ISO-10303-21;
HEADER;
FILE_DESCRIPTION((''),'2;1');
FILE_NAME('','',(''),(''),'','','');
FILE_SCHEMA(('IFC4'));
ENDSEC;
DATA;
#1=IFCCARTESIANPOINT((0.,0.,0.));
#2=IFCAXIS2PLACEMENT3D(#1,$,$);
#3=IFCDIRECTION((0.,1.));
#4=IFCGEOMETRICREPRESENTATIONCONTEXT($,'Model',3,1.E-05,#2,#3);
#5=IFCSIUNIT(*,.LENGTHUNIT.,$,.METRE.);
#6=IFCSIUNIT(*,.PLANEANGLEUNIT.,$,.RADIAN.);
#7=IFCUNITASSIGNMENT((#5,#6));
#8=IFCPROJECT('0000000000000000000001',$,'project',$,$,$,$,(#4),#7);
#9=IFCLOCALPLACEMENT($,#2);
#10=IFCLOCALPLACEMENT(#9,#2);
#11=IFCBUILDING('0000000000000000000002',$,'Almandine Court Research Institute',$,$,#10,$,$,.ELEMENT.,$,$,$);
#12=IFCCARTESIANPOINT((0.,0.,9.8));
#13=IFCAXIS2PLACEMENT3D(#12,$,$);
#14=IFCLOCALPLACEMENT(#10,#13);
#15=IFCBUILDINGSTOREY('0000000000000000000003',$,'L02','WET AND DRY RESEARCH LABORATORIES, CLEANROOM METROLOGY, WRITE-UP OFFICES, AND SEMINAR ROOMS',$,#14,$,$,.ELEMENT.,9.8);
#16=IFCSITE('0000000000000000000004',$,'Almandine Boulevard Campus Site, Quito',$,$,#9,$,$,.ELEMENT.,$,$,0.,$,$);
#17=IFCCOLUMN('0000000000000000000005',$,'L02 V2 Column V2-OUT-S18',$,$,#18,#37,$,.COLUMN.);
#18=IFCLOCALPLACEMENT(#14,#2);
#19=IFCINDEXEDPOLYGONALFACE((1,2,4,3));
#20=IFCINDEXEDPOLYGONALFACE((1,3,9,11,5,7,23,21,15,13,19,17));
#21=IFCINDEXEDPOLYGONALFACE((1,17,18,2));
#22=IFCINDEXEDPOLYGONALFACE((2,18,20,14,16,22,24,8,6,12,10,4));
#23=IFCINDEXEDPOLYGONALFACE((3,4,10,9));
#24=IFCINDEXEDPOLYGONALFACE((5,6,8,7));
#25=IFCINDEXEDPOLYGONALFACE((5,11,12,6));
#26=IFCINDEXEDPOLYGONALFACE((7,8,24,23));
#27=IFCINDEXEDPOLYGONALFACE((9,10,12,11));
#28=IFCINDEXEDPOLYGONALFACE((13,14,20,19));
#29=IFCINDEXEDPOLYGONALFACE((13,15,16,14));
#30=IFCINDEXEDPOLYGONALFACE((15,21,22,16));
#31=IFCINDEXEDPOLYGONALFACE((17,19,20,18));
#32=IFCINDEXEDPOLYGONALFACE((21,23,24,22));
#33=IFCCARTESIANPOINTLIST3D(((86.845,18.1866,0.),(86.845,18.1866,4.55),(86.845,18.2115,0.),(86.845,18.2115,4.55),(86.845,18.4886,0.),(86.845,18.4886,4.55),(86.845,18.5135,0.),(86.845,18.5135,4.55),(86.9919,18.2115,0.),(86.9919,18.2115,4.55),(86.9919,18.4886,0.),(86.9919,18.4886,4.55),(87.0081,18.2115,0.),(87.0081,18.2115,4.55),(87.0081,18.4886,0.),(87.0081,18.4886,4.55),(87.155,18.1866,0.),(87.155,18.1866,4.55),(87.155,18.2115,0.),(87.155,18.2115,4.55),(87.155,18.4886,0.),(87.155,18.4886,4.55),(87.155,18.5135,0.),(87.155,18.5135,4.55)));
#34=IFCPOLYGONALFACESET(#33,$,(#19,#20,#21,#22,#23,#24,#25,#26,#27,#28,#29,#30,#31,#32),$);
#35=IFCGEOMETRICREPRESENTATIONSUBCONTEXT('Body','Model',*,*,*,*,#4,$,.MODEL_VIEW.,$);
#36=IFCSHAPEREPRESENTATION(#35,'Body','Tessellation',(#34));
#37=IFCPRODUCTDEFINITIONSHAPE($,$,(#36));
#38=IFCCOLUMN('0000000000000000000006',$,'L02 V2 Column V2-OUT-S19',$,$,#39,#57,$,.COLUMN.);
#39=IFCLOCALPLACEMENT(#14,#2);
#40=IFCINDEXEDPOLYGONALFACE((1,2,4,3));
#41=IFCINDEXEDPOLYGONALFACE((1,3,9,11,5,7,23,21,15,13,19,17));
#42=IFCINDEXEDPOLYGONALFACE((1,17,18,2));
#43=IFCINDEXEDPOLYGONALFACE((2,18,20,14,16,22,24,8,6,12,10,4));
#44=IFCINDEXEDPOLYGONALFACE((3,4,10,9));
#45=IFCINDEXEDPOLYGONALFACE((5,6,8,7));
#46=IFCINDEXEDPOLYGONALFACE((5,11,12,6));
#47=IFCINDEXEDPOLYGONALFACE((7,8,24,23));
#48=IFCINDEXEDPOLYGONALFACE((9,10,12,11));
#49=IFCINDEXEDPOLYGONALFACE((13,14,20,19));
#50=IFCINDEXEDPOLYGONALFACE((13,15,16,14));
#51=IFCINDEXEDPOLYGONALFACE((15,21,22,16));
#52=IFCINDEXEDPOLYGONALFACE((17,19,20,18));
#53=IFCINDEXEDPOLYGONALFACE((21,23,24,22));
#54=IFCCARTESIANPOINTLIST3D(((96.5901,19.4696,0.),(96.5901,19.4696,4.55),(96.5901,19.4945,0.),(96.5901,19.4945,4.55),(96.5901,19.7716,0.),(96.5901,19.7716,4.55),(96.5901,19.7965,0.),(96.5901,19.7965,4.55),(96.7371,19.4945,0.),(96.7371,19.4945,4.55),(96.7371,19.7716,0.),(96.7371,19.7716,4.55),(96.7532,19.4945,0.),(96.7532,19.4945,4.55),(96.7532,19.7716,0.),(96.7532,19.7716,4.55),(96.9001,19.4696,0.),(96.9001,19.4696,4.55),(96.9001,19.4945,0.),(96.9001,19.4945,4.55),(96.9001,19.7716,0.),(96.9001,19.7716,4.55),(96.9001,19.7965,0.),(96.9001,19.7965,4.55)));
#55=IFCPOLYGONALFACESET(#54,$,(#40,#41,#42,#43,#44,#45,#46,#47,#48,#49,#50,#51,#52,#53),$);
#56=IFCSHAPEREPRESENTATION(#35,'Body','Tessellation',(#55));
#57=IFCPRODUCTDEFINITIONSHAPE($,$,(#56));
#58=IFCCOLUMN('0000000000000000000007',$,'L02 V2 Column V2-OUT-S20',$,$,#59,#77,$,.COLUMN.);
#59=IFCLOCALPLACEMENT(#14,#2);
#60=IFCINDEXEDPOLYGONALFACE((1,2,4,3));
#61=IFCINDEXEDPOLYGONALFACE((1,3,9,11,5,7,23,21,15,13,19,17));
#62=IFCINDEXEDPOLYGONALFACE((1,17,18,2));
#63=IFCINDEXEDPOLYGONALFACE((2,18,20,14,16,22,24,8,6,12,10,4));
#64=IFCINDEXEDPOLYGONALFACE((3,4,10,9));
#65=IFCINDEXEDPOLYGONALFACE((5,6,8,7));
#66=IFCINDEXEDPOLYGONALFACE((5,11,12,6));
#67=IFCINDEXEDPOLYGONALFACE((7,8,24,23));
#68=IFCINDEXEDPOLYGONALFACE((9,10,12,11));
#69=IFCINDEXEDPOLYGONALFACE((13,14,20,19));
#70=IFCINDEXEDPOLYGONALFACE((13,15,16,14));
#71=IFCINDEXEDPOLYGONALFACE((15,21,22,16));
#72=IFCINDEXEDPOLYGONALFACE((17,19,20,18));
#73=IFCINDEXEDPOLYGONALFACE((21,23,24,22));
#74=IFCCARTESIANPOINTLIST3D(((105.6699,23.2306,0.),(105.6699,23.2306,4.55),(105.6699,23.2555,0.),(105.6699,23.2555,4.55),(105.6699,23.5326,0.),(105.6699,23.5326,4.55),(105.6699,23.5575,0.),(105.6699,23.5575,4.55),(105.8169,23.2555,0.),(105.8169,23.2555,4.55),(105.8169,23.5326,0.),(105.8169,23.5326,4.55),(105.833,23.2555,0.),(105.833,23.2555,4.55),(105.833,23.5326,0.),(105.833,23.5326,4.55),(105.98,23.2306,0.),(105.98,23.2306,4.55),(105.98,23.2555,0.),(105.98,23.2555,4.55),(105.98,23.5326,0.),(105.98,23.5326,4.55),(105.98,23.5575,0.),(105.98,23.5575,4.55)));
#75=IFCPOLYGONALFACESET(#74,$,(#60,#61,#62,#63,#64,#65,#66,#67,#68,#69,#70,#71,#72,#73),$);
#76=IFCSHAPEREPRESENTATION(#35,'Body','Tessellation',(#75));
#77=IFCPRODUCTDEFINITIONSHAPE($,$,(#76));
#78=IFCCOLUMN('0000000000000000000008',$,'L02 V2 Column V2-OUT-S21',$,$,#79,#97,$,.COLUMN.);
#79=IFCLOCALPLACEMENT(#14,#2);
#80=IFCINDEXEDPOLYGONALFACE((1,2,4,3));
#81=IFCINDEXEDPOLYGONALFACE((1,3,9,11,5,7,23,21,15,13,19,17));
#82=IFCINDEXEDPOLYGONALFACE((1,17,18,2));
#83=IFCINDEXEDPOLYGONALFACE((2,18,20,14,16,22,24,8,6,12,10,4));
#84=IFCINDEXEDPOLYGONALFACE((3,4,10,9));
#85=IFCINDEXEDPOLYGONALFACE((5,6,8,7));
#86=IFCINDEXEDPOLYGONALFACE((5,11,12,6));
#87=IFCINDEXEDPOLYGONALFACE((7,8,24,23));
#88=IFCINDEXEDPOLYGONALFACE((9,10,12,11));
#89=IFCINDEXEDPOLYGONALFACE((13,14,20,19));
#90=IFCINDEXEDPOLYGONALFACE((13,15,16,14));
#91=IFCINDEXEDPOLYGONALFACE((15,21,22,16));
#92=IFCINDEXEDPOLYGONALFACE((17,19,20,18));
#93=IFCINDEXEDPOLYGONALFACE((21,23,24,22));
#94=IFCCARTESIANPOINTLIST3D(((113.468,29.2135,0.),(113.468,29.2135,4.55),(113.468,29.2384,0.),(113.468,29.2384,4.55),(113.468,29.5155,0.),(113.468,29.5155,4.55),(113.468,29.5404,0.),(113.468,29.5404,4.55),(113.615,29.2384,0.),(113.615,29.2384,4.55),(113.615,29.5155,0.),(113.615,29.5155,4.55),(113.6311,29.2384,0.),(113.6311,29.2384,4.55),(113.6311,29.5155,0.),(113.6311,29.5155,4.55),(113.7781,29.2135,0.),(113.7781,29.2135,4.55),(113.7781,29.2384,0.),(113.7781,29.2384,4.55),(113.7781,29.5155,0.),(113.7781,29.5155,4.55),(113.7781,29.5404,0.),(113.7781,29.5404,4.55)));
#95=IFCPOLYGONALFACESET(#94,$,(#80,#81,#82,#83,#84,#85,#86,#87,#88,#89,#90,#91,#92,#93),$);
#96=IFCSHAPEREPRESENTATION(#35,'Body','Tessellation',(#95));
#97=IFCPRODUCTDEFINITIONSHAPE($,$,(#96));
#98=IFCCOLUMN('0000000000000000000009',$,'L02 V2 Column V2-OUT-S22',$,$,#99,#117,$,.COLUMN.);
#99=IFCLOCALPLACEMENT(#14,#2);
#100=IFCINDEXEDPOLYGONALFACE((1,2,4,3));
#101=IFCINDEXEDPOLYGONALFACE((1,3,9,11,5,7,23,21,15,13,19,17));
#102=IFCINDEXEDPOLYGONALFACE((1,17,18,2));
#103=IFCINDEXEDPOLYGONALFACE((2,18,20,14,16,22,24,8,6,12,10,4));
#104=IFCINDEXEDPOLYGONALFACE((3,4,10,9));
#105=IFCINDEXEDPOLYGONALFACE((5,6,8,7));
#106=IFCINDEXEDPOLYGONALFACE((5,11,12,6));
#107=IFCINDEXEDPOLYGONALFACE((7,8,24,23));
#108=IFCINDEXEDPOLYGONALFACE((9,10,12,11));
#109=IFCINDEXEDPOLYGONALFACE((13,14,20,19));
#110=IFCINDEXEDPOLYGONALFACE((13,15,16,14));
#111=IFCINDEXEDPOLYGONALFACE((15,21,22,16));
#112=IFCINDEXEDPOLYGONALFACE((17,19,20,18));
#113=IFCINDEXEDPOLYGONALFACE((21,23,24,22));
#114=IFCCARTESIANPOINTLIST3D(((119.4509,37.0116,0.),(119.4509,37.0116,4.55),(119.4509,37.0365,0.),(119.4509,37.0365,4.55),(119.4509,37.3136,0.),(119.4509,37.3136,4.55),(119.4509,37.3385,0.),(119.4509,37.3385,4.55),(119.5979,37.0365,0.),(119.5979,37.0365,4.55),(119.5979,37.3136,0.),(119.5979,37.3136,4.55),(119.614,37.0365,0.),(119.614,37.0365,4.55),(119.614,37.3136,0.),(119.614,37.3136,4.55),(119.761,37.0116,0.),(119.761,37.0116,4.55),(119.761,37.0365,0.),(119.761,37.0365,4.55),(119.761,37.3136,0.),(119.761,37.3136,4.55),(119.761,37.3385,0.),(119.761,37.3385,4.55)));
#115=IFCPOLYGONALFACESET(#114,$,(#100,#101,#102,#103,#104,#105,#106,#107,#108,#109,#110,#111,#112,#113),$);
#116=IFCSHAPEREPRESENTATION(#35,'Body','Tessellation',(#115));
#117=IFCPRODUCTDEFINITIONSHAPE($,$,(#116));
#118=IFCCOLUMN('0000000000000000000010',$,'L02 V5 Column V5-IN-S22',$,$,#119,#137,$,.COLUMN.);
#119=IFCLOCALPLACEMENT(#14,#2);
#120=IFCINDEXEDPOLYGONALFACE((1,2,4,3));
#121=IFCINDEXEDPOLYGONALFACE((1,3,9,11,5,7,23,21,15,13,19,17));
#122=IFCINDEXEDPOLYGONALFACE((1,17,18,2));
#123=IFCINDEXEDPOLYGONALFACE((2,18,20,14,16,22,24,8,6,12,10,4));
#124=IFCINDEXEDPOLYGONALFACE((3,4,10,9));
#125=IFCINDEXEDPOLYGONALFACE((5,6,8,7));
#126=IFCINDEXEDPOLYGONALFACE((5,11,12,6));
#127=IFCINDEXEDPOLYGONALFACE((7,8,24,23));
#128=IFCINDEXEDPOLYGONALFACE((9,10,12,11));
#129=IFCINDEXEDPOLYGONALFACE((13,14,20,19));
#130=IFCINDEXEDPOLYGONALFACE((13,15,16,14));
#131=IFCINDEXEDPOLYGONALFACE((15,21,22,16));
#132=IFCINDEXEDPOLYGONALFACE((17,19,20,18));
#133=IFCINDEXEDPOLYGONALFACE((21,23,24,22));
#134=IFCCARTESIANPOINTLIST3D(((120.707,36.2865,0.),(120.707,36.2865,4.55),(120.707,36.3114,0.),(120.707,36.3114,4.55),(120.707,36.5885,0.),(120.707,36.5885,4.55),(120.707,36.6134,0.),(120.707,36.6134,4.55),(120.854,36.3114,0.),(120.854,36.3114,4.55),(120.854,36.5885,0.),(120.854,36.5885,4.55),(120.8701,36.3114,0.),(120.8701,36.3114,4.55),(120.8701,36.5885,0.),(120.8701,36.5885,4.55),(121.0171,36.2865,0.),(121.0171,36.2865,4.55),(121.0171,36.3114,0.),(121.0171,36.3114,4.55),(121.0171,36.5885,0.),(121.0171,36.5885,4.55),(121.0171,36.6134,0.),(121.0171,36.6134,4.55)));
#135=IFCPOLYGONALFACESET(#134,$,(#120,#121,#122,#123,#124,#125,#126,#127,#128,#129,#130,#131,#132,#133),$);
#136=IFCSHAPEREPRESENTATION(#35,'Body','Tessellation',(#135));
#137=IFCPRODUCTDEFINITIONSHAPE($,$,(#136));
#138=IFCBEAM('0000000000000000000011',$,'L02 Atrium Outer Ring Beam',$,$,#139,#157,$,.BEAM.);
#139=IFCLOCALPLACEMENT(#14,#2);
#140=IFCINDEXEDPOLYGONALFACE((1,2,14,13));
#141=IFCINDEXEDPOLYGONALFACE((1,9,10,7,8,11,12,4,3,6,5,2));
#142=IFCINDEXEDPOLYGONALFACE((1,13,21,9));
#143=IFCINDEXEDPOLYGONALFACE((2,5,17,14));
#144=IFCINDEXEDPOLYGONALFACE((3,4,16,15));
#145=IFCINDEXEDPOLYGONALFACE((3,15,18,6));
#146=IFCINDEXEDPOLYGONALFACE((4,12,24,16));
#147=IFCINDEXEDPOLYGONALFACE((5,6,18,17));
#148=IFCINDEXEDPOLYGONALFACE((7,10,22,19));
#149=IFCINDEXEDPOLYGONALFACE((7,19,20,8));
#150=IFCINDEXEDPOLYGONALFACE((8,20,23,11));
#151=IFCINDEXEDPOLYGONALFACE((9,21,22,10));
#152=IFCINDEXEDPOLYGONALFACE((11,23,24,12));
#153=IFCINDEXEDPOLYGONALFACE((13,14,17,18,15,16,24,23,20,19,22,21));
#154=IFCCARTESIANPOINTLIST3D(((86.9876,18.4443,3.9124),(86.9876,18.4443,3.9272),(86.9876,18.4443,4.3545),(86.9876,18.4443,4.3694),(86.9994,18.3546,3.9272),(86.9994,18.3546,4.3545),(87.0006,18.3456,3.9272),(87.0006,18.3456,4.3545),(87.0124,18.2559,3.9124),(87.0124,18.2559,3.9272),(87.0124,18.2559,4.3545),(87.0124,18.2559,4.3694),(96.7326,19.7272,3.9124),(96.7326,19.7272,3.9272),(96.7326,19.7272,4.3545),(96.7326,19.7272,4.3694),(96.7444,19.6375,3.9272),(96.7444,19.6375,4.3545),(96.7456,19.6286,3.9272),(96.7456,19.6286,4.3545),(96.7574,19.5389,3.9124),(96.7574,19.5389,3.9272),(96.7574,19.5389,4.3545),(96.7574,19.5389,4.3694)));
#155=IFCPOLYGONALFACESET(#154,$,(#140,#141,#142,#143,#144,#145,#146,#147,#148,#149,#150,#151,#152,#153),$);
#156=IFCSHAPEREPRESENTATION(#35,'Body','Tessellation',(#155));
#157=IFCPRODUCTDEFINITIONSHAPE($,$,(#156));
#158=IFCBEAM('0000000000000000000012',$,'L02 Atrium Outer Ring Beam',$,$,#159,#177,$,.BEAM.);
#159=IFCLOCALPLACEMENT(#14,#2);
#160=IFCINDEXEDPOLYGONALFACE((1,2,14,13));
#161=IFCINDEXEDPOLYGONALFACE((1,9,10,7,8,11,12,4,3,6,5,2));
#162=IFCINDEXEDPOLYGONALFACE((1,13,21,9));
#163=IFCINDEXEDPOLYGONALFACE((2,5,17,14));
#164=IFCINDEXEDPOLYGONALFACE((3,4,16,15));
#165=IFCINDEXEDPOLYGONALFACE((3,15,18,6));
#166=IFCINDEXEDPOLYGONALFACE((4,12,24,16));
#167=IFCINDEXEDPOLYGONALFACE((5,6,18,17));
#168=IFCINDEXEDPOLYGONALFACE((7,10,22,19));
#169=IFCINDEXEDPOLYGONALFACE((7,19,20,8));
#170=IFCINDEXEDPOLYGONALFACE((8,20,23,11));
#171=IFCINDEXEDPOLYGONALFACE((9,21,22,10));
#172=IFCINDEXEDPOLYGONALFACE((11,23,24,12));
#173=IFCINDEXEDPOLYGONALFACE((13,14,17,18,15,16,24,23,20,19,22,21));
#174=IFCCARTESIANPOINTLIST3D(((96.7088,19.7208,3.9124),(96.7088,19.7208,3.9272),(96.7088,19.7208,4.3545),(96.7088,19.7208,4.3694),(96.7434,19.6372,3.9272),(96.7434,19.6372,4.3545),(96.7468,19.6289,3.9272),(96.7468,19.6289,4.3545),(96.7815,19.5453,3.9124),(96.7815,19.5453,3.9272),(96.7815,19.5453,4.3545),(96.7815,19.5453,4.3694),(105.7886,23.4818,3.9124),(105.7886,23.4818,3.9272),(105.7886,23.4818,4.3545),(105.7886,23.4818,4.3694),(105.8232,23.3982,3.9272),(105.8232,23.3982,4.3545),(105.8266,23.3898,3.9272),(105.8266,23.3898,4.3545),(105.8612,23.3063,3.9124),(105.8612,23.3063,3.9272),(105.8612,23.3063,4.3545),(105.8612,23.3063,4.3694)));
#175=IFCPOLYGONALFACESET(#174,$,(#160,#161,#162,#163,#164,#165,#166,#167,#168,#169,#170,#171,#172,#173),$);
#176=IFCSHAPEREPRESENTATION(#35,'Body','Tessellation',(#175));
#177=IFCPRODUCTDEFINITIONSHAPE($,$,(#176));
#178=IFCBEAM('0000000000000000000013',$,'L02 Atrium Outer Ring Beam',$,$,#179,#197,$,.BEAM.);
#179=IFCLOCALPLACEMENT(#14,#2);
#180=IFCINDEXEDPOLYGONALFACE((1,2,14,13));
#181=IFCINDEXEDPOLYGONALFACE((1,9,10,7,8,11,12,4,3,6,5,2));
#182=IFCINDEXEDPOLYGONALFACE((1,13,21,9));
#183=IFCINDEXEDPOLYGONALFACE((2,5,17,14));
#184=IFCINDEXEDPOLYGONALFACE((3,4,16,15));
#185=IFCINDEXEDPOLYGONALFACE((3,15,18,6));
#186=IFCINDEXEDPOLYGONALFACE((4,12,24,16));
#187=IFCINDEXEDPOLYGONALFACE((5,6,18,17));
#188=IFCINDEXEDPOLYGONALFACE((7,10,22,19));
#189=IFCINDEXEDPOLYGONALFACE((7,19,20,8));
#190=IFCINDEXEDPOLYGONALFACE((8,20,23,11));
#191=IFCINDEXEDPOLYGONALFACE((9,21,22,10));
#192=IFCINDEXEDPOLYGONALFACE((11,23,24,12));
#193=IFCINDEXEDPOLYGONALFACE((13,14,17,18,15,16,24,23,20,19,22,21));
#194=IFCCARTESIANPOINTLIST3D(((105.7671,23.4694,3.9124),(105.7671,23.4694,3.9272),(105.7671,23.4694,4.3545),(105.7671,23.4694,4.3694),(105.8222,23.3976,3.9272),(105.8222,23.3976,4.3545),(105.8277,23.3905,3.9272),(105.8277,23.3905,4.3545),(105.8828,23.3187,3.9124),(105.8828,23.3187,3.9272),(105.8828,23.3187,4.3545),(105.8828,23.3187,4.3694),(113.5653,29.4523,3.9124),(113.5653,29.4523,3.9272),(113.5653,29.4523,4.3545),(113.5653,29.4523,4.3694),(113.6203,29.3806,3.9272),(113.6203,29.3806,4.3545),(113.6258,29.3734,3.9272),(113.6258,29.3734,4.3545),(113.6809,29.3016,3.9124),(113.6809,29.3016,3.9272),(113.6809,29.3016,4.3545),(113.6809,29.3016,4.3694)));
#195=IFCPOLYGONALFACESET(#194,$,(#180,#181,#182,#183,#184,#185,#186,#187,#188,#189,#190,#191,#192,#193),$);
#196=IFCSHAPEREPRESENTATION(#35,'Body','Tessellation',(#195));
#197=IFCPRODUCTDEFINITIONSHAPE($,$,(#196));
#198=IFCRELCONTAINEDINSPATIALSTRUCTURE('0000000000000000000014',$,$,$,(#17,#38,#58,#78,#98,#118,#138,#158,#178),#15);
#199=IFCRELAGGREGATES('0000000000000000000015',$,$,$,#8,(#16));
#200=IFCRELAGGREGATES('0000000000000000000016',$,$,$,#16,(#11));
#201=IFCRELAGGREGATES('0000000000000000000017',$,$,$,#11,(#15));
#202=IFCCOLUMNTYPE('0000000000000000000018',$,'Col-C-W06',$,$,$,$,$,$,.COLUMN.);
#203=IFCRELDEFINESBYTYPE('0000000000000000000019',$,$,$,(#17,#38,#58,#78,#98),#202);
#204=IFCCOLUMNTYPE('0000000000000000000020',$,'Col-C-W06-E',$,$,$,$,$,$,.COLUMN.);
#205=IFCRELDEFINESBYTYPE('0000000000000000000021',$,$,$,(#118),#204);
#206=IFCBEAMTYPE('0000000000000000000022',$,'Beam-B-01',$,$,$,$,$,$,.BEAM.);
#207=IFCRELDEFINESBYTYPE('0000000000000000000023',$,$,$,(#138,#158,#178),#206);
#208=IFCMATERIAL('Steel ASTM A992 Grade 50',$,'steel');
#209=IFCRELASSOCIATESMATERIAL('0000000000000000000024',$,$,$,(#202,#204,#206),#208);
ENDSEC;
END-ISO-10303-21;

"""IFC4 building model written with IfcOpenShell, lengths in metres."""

from ifc_helpers import new_model, si_unit, direction, frame, origin, origin_2d, place, context, subcontext, project, spatial, i_section, extrude, material, material_profile, profile_set, type_object, element, save


model = new_model("IFC4")

# Units and contexts
model_context = context("Model", 3, precision=1e-05, world=origin(), true_north=direction((0.0, 1.0)))
body_context = subcontext(model_context, "Body", "Model", "MODEL_VIEW")
ifc_project = project(units=[si_unit("LENGTHUNIT", "METRE"), si_unit("PLANEANGLEUNIT", "RADIAN")], contexts=[model_context])

# Site, building, storey
site_placement = place(None, origin())
site = spatial("IfcSite", under=ifc_project, at=site_placement, Name="Almandine Boulevard Campus Site, Quito", CompositionType="ELEMENT", RefElevation=0.0)
building_placement = place(site_placement, origin())
building = spatial("IfcBuilding", under=site, at=building_placement, Name="Almandine Court Research Institute", CompositionType="ELEMENT")
storey_placement = place(building_placement, frame((0.0, 0.0, 9.8)))
storey = spatial("IfcBuildingStorey", under=building, at=storey_placement, Name="L02", Description="WET AND DRY RESEARCH LABORATORIES, CLEANROOM METROLOGY, WRITE-UP OFFICES, AND SEMINAR ROOMS", CompositionType="ELEMENT", Elevation=9.8)

# Columns
ifc_material_1 = material(Name="Steel ASTM A992 Grade 50", Category="steel")
ifc_material_profile_1 = material_profile(ifc_material_1, i_section(OverallWidth=0.3101, OverallDepth=0.3269, WebThickness=0.0161, FlangeThickness=0.0249, at=origin_2d()), Name="W310x158")
ifc_profile_set_1 = profile_set([ifc_material_profile_1], Name="Steel ASTM A992 Grade 50")
column_type_1 = type_object("IfcColumnType", Name="Col-C-W06", PredefinedType="COLUMN", material=ifc_profile_set_1)
for number, where, z_axis, x_axis, name in (
    (1, (87.0, 18.3501, 0.0), (0.0, 0.0, 1.0), (1.0, 0.0, 0.0), "L02 V2 Column V2-OUT-S18"),
    (2, (96.7451, 19.6331, 0.0), (0.0, 0.0, 1.0), (1.0, 0.0, 0.0), "L02 V2 Column V2-OUT-S19"),
    (3, (105.825, 23.394, 0.0), (0.0, 0.0, 1.0), (1.0, 0.0, 0.0), "L02 V2 Column V2-OUT-S20"),
    (4, (113.623, 29.377, 0.0), (0.0, 0.0, 1.0), (1.0, 0.0, 0.0), "L02 V2 Column V2-OUT-S21"),
    (5, (119.606, 37.175, 0.0), (0.0, 0.0, 1.0), (1.0, 0.0, 0.0), "L02 V2 Column V2-OUT-S22"),
):
    element("IfcColumn", number, at=place(storey_placement, frame(where, z_axis=z_axis, x_axis=x_axis)), inside=storey, type_object=column_type_1, Name=name, PredefinedType="COLUMN", context=body_context, shape_type="SweptSolid", body=[
        extrude(i_section(OverallWidth=0.3101, OverallDepth=0.3269, WebThickness=0.0161, FlangeThickness=0.0249, at=origin_2d()), origin(), (0.0, 0.0, 1.0), 4.55),
    ])
ifc_material_profile_2 = material_profile(ifc_material_1, i_section(OverallWidth=0.3101, OverallDepth=0.3269, WebThickness=0.0161, FlangeThickness=0.0249, at=origin_2d()), Name="W310x158")
ifc_profile_set_2 = profile_set([ifc_material_profile_2], Name="Steel ASTM A992 Grade 50")
column_type_2 = type_object("IfcColumnType", Name="Col-C-W06-E", PredefinedType="COLUMN", material=ifc_profile_set_2)
column_placement = place(storey_placement, frame((120.8621, 36.45, 0.0), z_axis=(0.0, 0.0, 1.0), x_axis=(1.0, 0.0, 0.0)))
element("IfcColumn", 6, at=column_placement, inside=storey, type_object=column_type_2, Name="L02 V5 Column V5-IN-S22", PredefinedType="COLUMN", context=body_context, shape_type="SweptSolid", body=[
    extrude(i_section(OverallWidth=0.3101, OverallDepth=0.3269, WebThickness=0.0161, FlangeThickness=0.0249, at=origin_2d()), origin(), (0.0, 0.0, 1.0), 4.55),
])

# Beams
ifc_material_profile_3 = material_profile(ifc_material_1, i_section(OverallWidth=0.1899, OverallDepth=0.457, WebThickness=0.009, FlangeThickness=0.0149, at=origin_2d()), Name="W460x74")
ifc_profile_set_3 = profile_set([ifc_material_profile_3], Name="Steel ASTM A992 Grade 50")
beam_type_1 = type_object("IfcBeamType", Name="Beam-B-01", PredefinedType="BEAM", material=ifc_profile_set_3)
beam_1_placement = place(storey_placement, frame((87.0, 18.3501, 4.1409), z_axis=(0.991445, 0.130525, 0.0), x_axis=(-0.130525, 0.991445, 0.0)))
element("IfcBeam", 7, at=beam_1_placement, inside=storey, type_object=beam_type_1, Name="L02 Atrium Outer Ring Beam", PredefinedType="BEAM", context=body_context, shape_type="SweptSolid", body=[
    extrude(i_section(OverallWidth=0.1899, OverallDepth=0.457, WebThickness=0.009, FlangeThickness=0.0149, at=origin_2d()), origin(), (0.0, 0.0, 1.0), 9.8291),
])
beam_2_placement = place(storey_placement, frame((96.7451, 19.6331, 4.1409), z_axis=(0.92388, 0.382683, 0.0), x_axis=(-0.382683, 0.92388, 0.0)))
element("IfcBeam", 8, at=beam_2_placement, inside=storey, type_object=beam_type_1, Name="L02 Atrium Outer Ring Beam", PredefinedType="BEAM", context=body_context, shape_type="SweptSolid", body=[
    extrude(i_section(OverallWidth=0.1899, OverallDepth=0.457, WebThickness=0.009, FlangeThickness=0.0149, at=origin_2d()), origin(), (0.0, 0.0, 1.0), 9.8279),
])
for number, where, z_axis, x_axis, name in (
    (9, (105.825, 23.394, 4.1409), (0.793392, 0.608712, 0.0), (-0.608712, 0.793392, 0.0), "L02 Atrium Outer Ring Beam"),
):
    element("IfcBeam", number, at=place(storey_placement, frame(where, z_axis=z_axis, x_axis=x_axis)), inside=storey, type_object=beam_type_1, Name=name, PredefinedType="BEAM", context=body_context, shape_type="SweptSolid", body=[
        extrude(i_section(OverallWidth=0.1899, OverallDepth=0.457, WebThickness=0.009, FlangeThickness=0.0149, at=origin_2d()), origin(), (0.0, 0.0, 1.0), 9.8289),
    ])

save(model, "model.ifc")
